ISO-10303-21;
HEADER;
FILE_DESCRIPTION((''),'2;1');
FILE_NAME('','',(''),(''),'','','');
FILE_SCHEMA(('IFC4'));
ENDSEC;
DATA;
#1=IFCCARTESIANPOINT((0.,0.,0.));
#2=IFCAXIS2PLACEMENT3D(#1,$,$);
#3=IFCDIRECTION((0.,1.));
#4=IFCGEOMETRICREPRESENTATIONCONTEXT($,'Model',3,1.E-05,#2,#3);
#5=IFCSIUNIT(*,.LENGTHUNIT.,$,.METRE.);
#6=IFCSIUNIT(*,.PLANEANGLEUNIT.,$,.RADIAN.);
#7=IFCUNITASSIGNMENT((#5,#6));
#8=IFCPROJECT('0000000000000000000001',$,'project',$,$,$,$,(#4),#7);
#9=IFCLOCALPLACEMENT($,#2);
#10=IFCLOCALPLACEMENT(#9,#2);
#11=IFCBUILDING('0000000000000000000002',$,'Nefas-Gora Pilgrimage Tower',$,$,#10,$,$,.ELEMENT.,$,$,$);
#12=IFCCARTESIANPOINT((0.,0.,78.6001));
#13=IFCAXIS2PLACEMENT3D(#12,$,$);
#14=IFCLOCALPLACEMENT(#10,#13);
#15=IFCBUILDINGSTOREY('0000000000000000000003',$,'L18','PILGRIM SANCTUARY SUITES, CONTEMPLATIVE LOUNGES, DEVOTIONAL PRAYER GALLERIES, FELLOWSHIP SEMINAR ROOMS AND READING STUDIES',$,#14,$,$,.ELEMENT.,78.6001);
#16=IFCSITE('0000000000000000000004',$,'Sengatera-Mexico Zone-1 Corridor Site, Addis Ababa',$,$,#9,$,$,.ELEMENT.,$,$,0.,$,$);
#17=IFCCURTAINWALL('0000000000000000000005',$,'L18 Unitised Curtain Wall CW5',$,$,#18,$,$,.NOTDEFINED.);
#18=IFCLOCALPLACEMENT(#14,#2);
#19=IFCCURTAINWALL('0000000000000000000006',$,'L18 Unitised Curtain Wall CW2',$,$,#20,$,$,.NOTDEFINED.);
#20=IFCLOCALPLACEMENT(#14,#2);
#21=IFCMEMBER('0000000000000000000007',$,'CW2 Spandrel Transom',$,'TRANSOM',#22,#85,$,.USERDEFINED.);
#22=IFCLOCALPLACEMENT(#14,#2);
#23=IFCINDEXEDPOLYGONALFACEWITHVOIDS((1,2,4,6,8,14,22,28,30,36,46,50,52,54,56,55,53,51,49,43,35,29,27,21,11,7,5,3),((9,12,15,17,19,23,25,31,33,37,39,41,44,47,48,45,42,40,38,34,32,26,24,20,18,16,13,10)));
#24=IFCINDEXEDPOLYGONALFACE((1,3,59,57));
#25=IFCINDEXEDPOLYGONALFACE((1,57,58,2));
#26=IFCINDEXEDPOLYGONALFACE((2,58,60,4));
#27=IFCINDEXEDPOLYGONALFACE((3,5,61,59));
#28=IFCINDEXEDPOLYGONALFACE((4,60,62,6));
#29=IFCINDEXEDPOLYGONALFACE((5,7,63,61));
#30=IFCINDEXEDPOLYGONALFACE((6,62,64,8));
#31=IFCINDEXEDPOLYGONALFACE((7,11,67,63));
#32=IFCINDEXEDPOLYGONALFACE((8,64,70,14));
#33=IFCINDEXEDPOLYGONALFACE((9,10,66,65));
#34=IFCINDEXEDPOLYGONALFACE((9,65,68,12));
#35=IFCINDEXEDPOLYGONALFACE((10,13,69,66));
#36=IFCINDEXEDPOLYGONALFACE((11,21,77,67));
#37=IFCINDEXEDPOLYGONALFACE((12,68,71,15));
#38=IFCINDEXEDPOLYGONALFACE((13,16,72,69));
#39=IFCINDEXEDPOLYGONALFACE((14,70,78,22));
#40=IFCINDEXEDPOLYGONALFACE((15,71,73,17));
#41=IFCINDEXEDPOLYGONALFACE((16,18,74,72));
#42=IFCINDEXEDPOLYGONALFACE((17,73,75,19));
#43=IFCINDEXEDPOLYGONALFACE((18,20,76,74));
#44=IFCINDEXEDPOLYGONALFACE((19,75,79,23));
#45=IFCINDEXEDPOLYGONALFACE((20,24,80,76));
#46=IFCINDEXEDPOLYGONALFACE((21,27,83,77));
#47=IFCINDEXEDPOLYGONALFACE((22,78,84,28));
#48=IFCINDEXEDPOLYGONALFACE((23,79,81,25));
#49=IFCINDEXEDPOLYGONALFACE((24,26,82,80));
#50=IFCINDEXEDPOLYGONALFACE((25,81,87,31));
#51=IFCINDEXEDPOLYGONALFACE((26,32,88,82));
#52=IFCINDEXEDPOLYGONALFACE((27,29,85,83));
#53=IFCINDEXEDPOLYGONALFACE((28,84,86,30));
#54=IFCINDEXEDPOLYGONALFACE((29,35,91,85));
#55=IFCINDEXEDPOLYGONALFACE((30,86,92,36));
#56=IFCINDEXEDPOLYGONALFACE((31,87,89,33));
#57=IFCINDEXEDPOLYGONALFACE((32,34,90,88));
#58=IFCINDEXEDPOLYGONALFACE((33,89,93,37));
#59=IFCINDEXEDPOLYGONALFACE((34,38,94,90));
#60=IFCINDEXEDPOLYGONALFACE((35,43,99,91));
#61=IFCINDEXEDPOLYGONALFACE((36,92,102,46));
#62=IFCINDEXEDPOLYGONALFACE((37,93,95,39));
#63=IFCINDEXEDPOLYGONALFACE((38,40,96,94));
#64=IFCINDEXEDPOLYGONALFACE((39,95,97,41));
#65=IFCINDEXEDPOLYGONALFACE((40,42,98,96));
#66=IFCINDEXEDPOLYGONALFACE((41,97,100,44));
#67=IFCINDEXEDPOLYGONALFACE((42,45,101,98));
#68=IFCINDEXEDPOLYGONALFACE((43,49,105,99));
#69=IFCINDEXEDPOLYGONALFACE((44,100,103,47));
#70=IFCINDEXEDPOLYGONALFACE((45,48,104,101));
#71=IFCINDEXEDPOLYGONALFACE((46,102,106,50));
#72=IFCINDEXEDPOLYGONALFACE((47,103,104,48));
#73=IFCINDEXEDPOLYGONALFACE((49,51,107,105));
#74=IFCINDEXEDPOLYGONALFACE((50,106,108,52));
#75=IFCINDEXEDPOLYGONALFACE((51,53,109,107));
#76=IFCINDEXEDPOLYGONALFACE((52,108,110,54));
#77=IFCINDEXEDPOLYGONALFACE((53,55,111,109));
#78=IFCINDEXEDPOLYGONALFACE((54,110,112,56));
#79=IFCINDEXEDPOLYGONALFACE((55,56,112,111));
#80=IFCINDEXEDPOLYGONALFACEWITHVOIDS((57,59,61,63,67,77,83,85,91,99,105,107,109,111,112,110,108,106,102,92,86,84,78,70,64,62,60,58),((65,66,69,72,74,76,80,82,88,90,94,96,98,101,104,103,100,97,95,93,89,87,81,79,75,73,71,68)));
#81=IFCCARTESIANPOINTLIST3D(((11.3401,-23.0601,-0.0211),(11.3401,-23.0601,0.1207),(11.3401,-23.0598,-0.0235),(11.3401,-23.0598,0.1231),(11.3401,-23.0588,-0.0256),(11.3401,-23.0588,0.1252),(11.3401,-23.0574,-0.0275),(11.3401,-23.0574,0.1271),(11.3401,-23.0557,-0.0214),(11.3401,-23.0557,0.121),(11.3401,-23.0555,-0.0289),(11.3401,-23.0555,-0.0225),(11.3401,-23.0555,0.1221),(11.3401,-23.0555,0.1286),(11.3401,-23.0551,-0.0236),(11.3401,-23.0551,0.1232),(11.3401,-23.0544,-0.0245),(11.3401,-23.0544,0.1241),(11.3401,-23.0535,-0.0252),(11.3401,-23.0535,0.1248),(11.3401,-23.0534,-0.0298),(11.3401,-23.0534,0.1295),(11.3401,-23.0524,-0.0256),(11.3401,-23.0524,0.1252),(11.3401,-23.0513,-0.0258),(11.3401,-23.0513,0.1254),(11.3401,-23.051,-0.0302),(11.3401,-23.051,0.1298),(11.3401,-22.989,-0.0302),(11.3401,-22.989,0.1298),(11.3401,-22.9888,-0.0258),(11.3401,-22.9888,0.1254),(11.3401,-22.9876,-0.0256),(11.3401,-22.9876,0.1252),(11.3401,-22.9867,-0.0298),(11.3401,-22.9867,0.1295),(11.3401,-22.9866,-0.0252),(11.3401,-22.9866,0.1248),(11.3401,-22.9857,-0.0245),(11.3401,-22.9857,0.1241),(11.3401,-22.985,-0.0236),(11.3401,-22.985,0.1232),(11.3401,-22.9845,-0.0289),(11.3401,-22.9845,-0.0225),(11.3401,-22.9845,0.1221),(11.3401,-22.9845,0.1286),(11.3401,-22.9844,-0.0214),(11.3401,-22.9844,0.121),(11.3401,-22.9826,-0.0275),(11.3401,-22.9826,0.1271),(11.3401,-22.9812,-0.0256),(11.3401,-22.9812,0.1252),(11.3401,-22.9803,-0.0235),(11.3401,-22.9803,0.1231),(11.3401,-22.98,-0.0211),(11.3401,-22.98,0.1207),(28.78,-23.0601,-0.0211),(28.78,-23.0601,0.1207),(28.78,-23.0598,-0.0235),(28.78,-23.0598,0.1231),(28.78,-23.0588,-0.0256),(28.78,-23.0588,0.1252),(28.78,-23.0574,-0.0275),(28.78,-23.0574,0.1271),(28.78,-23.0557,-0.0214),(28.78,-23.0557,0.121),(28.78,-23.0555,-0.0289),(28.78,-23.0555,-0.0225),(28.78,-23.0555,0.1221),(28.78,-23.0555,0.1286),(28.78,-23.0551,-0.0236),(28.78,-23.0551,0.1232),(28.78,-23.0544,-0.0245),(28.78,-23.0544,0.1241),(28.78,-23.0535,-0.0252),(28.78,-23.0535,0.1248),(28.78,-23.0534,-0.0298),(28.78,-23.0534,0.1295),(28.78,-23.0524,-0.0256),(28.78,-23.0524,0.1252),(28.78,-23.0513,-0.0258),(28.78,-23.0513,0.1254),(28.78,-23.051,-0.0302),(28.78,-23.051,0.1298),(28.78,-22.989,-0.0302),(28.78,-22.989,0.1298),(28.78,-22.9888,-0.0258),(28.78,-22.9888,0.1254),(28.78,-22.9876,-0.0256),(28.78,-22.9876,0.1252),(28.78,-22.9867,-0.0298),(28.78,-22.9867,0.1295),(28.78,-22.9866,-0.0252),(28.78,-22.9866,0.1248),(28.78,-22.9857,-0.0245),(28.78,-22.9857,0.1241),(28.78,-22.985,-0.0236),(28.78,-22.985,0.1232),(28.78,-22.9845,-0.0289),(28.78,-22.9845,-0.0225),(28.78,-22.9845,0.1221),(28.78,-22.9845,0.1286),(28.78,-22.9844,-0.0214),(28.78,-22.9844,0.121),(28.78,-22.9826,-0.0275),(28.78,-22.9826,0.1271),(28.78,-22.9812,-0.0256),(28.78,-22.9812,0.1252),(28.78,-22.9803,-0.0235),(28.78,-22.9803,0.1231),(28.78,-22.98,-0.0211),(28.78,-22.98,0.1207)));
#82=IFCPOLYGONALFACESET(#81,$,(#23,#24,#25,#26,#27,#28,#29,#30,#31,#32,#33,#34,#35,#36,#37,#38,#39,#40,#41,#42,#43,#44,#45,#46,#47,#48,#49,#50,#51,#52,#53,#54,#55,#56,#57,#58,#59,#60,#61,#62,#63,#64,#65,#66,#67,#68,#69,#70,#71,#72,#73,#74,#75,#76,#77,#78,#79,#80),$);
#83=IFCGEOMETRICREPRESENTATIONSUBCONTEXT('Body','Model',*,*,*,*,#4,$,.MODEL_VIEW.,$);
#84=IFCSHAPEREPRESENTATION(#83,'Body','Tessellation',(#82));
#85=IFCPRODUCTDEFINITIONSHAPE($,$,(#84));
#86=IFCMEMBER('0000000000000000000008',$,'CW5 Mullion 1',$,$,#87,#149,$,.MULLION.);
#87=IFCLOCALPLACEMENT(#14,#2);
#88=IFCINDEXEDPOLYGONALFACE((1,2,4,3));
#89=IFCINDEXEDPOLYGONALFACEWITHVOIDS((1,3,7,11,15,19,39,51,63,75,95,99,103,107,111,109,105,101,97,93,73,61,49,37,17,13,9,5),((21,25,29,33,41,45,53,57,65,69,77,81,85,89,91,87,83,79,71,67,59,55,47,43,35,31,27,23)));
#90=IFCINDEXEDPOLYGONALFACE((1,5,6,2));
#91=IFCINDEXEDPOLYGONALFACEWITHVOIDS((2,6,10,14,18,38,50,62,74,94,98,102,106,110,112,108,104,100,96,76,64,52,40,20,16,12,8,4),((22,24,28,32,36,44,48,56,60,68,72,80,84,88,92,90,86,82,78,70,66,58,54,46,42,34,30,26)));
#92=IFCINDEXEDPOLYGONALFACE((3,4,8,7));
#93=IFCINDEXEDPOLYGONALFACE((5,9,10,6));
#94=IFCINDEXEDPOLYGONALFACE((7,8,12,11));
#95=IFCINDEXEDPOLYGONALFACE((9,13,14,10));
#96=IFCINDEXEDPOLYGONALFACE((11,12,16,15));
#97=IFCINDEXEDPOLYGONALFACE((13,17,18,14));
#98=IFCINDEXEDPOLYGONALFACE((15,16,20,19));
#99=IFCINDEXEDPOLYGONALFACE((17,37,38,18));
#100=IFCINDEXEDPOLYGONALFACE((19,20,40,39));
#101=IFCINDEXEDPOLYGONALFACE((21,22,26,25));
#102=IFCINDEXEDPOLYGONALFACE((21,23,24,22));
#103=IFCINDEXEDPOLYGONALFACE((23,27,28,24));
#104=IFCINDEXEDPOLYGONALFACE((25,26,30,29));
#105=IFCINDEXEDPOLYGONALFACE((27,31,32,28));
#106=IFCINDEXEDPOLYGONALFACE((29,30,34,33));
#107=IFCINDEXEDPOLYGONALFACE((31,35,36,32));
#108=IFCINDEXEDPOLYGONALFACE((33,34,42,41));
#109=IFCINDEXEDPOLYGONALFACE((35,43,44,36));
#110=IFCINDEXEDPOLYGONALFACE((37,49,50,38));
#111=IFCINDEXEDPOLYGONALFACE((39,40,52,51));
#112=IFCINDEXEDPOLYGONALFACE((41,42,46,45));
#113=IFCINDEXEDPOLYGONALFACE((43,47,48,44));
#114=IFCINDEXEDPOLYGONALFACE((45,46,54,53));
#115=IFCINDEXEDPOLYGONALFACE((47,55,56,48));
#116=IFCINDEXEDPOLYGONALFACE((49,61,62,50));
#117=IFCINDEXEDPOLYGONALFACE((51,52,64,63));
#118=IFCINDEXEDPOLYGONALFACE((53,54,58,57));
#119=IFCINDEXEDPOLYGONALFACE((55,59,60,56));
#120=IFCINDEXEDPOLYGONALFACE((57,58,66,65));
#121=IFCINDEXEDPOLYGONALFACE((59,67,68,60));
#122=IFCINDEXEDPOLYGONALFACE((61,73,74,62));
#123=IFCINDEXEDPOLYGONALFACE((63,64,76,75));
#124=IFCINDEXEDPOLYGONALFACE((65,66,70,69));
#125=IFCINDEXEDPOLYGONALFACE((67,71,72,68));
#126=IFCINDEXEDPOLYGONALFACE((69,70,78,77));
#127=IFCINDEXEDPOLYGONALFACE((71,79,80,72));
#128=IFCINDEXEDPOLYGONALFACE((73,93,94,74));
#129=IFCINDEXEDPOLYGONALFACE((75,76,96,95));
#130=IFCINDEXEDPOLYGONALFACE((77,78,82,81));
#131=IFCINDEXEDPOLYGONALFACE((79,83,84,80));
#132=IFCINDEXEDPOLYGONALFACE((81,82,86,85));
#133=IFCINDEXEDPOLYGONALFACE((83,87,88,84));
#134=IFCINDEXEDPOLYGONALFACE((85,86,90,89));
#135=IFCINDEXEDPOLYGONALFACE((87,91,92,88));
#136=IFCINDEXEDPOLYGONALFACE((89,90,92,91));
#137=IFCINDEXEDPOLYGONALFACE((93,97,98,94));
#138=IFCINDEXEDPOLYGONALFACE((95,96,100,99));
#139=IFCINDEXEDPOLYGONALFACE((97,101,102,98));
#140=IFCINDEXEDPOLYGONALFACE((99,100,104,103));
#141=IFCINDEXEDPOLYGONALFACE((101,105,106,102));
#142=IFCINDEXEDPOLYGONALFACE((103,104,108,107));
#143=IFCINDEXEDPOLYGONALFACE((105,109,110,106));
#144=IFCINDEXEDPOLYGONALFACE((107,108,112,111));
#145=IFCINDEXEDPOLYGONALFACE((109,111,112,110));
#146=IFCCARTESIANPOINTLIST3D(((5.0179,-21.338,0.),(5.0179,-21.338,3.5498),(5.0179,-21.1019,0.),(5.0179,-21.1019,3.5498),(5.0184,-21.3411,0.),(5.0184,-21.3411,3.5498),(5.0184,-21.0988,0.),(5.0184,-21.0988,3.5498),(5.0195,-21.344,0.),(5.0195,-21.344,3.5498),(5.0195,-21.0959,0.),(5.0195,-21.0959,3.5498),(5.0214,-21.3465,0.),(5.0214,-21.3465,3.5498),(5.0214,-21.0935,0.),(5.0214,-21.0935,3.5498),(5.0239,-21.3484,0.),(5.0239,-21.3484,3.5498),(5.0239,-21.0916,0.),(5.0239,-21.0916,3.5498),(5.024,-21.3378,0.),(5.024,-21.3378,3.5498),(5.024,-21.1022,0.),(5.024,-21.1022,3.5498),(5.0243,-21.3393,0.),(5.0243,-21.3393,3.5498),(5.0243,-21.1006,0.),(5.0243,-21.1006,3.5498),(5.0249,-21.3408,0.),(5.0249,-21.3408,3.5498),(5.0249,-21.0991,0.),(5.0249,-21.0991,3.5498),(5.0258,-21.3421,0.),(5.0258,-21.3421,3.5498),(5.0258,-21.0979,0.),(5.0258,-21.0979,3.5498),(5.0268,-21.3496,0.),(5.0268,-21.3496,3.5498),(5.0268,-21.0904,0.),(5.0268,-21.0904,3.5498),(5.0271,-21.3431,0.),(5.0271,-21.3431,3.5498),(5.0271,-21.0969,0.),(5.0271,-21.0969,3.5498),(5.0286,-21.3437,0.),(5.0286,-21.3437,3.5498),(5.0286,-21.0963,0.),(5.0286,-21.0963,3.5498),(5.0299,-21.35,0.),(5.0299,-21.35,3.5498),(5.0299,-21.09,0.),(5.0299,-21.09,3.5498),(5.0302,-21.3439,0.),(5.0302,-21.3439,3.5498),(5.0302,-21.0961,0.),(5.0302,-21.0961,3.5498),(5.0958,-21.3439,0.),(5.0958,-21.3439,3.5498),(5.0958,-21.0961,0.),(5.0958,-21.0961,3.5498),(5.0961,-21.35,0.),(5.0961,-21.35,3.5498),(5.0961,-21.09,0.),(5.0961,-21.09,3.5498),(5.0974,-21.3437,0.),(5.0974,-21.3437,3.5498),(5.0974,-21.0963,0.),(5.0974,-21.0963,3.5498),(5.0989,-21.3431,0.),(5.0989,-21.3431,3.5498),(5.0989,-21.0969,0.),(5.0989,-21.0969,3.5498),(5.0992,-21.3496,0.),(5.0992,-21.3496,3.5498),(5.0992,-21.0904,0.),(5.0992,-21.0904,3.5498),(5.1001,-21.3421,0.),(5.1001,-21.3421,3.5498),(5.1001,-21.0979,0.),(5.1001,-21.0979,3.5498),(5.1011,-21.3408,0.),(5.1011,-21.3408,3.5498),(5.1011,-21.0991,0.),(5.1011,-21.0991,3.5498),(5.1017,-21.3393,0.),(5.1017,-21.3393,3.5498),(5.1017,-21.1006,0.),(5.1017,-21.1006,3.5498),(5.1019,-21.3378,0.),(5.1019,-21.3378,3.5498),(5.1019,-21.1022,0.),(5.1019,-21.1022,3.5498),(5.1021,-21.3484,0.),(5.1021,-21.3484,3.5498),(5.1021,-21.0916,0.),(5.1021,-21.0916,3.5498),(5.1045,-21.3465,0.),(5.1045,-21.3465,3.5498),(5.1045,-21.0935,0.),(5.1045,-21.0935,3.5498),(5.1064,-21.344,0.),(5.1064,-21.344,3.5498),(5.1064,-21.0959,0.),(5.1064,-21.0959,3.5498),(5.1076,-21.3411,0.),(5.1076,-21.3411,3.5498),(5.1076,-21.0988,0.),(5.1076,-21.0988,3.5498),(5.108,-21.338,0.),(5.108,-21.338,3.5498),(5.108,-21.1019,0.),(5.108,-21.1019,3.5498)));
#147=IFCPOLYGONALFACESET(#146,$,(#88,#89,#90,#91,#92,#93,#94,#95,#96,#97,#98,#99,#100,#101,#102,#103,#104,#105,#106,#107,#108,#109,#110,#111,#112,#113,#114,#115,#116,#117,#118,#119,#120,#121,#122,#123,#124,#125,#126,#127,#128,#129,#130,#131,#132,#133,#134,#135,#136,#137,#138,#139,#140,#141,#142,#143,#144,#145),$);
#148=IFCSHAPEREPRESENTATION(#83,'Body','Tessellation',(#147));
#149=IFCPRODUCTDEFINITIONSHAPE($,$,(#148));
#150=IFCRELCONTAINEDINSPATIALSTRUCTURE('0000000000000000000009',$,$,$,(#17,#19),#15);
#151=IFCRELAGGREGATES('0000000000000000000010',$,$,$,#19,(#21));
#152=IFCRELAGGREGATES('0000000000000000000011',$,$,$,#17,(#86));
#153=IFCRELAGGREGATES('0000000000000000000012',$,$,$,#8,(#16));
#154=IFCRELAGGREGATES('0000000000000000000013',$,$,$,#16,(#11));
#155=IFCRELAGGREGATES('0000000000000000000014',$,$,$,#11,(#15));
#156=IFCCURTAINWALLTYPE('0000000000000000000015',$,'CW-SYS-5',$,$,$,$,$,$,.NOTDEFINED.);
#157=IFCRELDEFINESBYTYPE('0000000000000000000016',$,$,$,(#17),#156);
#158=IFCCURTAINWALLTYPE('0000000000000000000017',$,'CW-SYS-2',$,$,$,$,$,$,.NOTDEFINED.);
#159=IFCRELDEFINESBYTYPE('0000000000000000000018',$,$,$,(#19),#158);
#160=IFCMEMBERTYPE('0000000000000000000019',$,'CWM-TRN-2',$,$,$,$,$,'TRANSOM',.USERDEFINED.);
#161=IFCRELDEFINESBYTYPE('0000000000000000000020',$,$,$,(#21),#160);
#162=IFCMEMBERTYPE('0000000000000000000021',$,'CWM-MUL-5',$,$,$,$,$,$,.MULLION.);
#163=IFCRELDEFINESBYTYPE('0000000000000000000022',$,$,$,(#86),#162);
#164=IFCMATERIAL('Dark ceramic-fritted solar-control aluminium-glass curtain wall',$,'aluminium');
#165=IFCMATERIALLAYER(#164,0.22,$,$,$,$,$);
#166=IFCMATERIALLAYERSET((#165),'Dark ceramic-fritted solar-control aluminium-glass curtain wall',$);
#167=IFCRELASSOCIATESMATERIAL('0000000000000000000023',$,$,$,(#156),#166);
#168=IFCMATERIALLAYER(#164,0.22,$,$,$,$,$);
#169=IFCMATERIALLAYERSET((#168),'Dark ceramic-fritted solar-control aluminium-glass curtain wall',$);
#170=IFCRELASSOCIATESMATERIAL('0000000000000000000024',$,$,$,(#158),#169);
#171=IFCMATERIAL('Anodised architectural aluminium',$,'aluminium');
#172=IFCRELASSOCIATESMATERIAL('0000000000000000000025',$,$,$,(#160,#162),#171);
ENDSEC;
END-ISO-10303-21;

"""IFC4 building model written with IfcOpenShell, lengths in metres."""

from ifc_helpers import new_model, si_unit, direction, frame, origin, origin_2d, place, context, subcontext, project, spatial, hollow_rectangle, extrude, source, transform, mapped, material, layer, layer_set, material_profile, profile_set, type_object, element, aggregate, save


model = new_model("IFC4")

# Units and contexts
model_context = context("Model", 3, precision=1e-05, world=origin(), true_north=direction((0.0, 1.0)))
body_context = subcontext(model_context, "Body", "Model", "MODEL_VIEW")
ifc_project = project(units=[si_unit("LENGTHUNIT", "METRE"), si_unit("PLANEANGLEUNIT", "RADIAN")], contexts=[model_context])

# Site, building, storey
site_placement = place(None, origin())
site = spatial("IfcSite", under=ifc_project, at=site_placement, Name="Sengatera-Mexico Zone-1 Corridor Site, Addis Ababa", CompositionType="ELEMENT", RefElevation=0.0)
building_placement = place(site_placement, origin())
building = spatial("IfcBuilding", under=site, at=building_placement, Name="Nefas-Gora Pilgrimage Tower", CompositionType="ELEMENT")
storey_placement = place(building_placement, frame((0.0, 0.0, 78.6001)))
storey = spatial("IfcBuildingStorey", under=building, at=storey_placement, Name="L18", Description="PILGRIM SANCTUARY SUITES, CONTEMPLATIVE LOUNGES, DEVOTIONAL PRAYER GALLERIES, FELLOWSHIP SEMINAR ROOMS AND READING STUDIES", CompositionType="ELEMENT", Elevation=78.6001)

# Curtain walls, member
ifc_material_1 = material(Name="Dark ceramic-fritted solar-control aluminium-glass curtain wall", Category="aluminium")
ifc_layer_1 = layer(ifc_material_1, 0.22)
ifc_layer_set_1 = layer_set([ifc_layer_1], Name="Dark ceramic-fritted solar-control aluminium-glass curtain wall")
curtain_wall_type_1 = type_object("IfcCurtainWallType", Name="CW-SYS-5", PredefinedType="NOTDEFINED", material=ifc_layer_set_1)
curtain_wall_1_placement = place(storey_placement, origin())
curtain_wall_1 = element("IfcCurtainWall", 1, at=curtain_wall_1_placement, inside=storey, type_object=curtain_wall_type_1, Name="L18 Unitised Curtain Wall CW5", PredefinedType="NOTDEFINED")
ifc_material_2 = material(Name="Anodised architectural aluminium", Category="aluminium")
ifc_layer_2 = layer(ifc_material_1, 0.22)
ifc_layer_set_2 = layer_set([ifc_layer_2], Name="Dark ceramic-fritted solar-control aluminium-glass curtain wall")
curtain_wall_type_2 = type_object("IfcCurtainWallType", Name="CW-SYS-2", PredefinedType="NOTDEFINED", material=ifc_layer_set_2)
curtain_wall_2_placement = place(storey_placement, origin())
curtain_wall_2 = element("IfcCurtainWall", 2, at=curtain_wall_2_placement, inside=storey, type_object=curtain_wall_type_2, Name="L18 Unitised Curtain Wall CW2", PredefinedType="NOTDEFINED")
ifc_material_profile_1 = material_profile(ifc_material_2, hollow_rectangle(XDim=0.0801, YDim=0.1599, WallThickness=0.0044, InnerFilletRadius=0.0044, OuterFilletRadius=0.009, at=origin_2d()), Name="ALU TRANSOM 80x160")
ifc_profile_set_1 = profile_set([ifc_material_profile_1], Name="Anodised architectural aluminium")
member_type_1 = type_object("IfcMemberType", Name="CWM-TRN-2", ElementType="TRANSOM", PredefinedType="USERDEFINED", material=ifc_profile_set_1)
shared_shape_1 = source(origin(), body_context, "Body", "SweptSolid", [
    extrude(hollow_rectangle(XDim=0.0801, YDim=0.1599, WallThickness=0.0044, InnerFilletRadius=0.0044, OuterFilletRadius=0.009, at=origin_2d()), origin(), (0.0, 0.0, 1.0), 17.4399),
])
member_1_placement = place(storey_placement, frame((11.3401, -23.02, 0.0498), z_axis=(1.0, 0.0, 0.0), x_axis=(0.0, 1.0, 0.0)))
member_1 = element("IfcMember", 3, at=member_1_placement, type_object=member_type_1, Name="CW2 Spandrel Transom", ObjectType="TRANSOM", PredefinedType="USERDEFINED", context=body_context, shape_type="MappedRepresentation", body=[
    mapped(shared_shape_1, transform((0.0, 0.0, 0.0), x_axis=(1.0, 0.0, 0.0), y_axis=(0.0, 1.0, 0.0), z_axis=(0.0, 0.0, 1.0), scale=1.0)),
])

# Member
ifc_material_profile_2 = material_profile(ifc_material_2, hollow_rectangle(XDim=0.0901, YDim=0.26, WallThickness=0.0061, InnerFilletRadius=0.0061, OuterFilletRadius=0.012, at=origin_2d()), Name="ALU MULLION 90x260")
ifc_profile_set_2 = profile_set([ifc_material_profile_2], Name="Anodised architectural aluminium")
member_type_2 = type_object("IfcMemberType", Name="CWM-MUL-5", PredefinedType="MULLION", material=ifc_profile_set_2)
shared_shape_2 = source(origin(), body_context, "Body", "SweptSolid", [
    extrude(hollow_rectangle(XDim=0.0901, YDim=0.26, WallThickness=0.0061, InnerFilletRadius=0.0061, OuterFilletRadius=0.012, at=origin_2d()), origin(), (0.0, 0.0, 1.0), 3.5498),
])
member_2_placement = place(storey_placement, frame((5.063, -21.22, 0.0), z_axis=(0.0, 0.0, 1.0), x_axis=(1.0, 0.0, 0.0)))
member_2 = element("IfcMember", 4, at=member_2_placement, type_object=member_type_2, Name="CW5 Mullion 1", PredefinedType="MULLION", context=body_context, shape_type="MappedRepresentation", body=[
    mapped(shared_shape_2, transform((0.0, 0.0, 0.0), x_axis=(1.0, 0.0, 0.0), y_axis=(0.0, 1.0, 0.0), z_axis=(0.0, 0.0, 1.0), scale=1.0)),
])

aggregate(curtain_wall_2, [member_1])

aggregate(curtain_wall_1, [member_2])

save(model, "model.ifc")
